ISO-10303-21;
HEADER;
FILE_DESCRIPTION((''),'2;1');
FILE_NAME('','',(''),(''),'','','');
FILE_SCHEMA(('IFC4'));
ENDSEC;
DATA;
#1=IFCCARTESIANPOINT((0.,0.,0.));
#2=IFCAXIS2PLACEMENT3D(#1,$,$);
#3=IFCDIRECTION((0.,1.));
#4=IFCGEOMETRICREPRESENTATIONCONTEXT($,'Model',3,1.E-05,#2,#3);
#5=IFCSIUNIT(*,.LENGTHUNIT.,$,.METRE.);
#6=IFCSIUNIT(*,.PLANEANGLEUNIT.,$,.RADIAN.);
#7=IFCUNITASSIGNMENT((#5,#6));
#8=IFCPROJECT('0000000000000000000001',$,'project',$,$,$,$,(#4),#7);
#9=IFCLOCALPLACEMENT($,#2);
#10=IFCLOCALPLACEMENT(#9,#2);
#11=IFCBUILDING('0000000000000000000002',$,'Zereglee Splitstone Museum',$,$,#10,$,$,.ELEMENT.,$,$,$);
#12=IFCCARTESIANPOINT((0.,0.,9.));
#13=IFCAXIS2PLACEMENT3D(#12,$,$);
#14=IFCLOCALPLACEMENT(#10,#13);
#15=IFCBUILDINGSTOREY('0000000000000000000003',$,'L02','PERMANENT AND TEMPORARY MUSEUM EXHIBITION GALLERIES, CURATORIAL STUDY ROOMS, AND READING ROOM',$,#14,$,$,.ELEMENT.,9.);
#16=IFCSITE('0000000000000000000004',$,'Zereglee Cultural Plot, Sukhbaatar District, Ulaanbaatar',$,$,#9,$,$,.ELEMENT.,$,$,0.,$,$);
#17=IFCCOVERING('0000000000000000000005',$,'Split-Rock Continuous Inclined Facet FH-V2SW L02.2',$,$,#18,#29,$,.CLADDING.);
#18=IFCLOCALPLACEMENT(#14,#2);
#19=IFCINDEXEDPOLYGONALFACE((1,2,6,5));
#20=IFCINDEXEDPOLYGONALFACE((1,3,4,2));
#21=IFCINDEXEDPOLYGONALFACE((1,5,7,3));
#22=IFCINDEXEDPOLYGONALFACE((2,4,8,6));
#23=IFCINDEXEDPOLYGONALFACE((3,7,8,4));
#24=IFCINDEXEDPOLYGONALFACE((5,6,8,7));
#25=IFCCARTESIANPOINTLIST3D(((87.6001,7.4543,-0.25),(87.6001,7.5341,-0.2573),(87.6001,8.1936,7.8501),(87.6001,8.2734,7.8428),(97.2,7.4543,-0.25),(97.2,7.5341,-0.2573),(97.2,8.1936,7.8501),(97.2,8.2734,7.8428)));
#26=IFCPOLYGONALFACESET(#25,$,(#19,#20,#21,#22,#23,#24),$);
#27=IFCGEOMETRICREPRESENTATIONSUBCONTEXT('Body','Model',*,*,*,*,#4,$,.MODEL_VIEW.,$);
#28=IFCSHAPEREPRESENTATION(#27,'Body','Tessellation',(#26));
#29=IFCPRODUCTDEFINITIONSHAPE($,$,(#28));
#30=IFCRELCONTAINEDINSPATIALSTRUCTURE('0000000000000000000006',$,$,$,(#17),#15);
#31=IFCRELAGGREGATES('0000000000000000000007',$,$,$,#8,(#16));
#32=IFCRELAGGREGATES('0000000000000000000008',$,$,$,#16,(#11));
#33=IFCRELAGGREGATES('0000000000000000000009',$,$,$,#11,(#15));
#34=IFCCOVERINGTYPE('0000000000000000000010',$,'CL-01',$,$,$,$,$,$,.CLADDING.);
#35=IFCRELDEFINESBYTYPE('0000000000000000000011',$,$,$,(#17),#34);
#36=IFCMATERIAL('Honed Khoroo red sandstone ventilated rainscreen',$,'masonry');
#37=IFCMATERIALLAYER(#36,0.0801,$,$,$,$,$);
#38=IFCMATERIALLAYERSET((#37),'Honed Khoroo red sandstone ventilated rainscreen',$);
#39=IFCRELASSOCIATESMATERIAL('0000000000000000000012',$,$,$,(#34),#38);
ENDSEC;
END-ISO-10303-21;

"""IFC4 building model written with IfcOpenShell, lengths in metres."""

from ifc_helpers import new_model, si_unit, direction, frame, origin, place, context, subcontext, project, spatial, polyline, outline, extrude, material, layer, layer_set, type_object, element, save


model = new_model("IFC4")

# Units and contexts
model_context = context("Model", 3, precision=1e-05, world=origin(), true_north=direction((0.0, 1.0)))
body_context = subcontext(model_context, "Body", "Model", "MODEL_VIEW")
ifc_project = project(units=[si_unit("LENGTHUNIT", "METRE"), si_unit("PLANEANGLEUNIT", "RADIAN")], contexts=[model_context])

# Site, building, storey
site_placement = place(None, origin())
site = spatial("IfcSite", under=ifc_project, at=site_placement, Name="Zereglee Cultural Plot, Sukhbaatar District, Ulaanbaatar", CompositionType="ELEMENT", RefElevation=0.0)
building_placement = place(site_placement, origin())
building = spatial("IfcBuilding", under=site, at=building_placement, Name="Zereglee Splitstone Museum", CompositionType="ELEMENT")
storey_placement = place(building_placement, frame((0.0, 0.0, 9.0)))
storey = spatial("IfcBuildingStorey", under=building, at=storey_placement, Name="L02", Description="PERMANENT AND TEMPORARY MUSEUM EXHIBITION GALLERIES, CURATORIAL STUDY ROOMS, AND READING ROOM", CompositionType="ELEMENT", Elevation=9.0)

# Covering
ifc_material_1 = material(Name="Honed Khoroo red sandstone ventilated rainscreen", Category="masonry")
ifc_layer_1 = layer(ifc_material_1, 0.0801)
ifc_layer_set_1 = layer_set([ifc_layer_1], Name="Honed Khoroo red sandstone ventilated rainscreen")
covering_type = type_object("IfcCoveringType", Name="CL-01", PredefinedType="CLADDING", material=ifc_layer_set_1)
covering_1_placement = place(storey_placement, frame((87.6001, 7.4543, -0.25), z_axis=(0.0, -0.995861, 0.090888), x_axis=(1.0, 0.0, 0.0)))
element("IfcCovering", 1, at=covering_1_placement, inside=storey, type_object=covering_type, Name="Split-Rock Continuous Inclined Facet FH-V2SW L02.2", PredefinedType="CLADDING", context=body_context, shape_type="SweptSolid", body=[
    extrude(outline(polyline([(0.0, 0.0), (9.5999, 0.0), (9.5999, 8.1338), (0.0, 8.1338), (0.0, 0.0)])), origin(), (0.0, 0.0, -1.0), 0.0801),
])

save(model, "model.ifc")
